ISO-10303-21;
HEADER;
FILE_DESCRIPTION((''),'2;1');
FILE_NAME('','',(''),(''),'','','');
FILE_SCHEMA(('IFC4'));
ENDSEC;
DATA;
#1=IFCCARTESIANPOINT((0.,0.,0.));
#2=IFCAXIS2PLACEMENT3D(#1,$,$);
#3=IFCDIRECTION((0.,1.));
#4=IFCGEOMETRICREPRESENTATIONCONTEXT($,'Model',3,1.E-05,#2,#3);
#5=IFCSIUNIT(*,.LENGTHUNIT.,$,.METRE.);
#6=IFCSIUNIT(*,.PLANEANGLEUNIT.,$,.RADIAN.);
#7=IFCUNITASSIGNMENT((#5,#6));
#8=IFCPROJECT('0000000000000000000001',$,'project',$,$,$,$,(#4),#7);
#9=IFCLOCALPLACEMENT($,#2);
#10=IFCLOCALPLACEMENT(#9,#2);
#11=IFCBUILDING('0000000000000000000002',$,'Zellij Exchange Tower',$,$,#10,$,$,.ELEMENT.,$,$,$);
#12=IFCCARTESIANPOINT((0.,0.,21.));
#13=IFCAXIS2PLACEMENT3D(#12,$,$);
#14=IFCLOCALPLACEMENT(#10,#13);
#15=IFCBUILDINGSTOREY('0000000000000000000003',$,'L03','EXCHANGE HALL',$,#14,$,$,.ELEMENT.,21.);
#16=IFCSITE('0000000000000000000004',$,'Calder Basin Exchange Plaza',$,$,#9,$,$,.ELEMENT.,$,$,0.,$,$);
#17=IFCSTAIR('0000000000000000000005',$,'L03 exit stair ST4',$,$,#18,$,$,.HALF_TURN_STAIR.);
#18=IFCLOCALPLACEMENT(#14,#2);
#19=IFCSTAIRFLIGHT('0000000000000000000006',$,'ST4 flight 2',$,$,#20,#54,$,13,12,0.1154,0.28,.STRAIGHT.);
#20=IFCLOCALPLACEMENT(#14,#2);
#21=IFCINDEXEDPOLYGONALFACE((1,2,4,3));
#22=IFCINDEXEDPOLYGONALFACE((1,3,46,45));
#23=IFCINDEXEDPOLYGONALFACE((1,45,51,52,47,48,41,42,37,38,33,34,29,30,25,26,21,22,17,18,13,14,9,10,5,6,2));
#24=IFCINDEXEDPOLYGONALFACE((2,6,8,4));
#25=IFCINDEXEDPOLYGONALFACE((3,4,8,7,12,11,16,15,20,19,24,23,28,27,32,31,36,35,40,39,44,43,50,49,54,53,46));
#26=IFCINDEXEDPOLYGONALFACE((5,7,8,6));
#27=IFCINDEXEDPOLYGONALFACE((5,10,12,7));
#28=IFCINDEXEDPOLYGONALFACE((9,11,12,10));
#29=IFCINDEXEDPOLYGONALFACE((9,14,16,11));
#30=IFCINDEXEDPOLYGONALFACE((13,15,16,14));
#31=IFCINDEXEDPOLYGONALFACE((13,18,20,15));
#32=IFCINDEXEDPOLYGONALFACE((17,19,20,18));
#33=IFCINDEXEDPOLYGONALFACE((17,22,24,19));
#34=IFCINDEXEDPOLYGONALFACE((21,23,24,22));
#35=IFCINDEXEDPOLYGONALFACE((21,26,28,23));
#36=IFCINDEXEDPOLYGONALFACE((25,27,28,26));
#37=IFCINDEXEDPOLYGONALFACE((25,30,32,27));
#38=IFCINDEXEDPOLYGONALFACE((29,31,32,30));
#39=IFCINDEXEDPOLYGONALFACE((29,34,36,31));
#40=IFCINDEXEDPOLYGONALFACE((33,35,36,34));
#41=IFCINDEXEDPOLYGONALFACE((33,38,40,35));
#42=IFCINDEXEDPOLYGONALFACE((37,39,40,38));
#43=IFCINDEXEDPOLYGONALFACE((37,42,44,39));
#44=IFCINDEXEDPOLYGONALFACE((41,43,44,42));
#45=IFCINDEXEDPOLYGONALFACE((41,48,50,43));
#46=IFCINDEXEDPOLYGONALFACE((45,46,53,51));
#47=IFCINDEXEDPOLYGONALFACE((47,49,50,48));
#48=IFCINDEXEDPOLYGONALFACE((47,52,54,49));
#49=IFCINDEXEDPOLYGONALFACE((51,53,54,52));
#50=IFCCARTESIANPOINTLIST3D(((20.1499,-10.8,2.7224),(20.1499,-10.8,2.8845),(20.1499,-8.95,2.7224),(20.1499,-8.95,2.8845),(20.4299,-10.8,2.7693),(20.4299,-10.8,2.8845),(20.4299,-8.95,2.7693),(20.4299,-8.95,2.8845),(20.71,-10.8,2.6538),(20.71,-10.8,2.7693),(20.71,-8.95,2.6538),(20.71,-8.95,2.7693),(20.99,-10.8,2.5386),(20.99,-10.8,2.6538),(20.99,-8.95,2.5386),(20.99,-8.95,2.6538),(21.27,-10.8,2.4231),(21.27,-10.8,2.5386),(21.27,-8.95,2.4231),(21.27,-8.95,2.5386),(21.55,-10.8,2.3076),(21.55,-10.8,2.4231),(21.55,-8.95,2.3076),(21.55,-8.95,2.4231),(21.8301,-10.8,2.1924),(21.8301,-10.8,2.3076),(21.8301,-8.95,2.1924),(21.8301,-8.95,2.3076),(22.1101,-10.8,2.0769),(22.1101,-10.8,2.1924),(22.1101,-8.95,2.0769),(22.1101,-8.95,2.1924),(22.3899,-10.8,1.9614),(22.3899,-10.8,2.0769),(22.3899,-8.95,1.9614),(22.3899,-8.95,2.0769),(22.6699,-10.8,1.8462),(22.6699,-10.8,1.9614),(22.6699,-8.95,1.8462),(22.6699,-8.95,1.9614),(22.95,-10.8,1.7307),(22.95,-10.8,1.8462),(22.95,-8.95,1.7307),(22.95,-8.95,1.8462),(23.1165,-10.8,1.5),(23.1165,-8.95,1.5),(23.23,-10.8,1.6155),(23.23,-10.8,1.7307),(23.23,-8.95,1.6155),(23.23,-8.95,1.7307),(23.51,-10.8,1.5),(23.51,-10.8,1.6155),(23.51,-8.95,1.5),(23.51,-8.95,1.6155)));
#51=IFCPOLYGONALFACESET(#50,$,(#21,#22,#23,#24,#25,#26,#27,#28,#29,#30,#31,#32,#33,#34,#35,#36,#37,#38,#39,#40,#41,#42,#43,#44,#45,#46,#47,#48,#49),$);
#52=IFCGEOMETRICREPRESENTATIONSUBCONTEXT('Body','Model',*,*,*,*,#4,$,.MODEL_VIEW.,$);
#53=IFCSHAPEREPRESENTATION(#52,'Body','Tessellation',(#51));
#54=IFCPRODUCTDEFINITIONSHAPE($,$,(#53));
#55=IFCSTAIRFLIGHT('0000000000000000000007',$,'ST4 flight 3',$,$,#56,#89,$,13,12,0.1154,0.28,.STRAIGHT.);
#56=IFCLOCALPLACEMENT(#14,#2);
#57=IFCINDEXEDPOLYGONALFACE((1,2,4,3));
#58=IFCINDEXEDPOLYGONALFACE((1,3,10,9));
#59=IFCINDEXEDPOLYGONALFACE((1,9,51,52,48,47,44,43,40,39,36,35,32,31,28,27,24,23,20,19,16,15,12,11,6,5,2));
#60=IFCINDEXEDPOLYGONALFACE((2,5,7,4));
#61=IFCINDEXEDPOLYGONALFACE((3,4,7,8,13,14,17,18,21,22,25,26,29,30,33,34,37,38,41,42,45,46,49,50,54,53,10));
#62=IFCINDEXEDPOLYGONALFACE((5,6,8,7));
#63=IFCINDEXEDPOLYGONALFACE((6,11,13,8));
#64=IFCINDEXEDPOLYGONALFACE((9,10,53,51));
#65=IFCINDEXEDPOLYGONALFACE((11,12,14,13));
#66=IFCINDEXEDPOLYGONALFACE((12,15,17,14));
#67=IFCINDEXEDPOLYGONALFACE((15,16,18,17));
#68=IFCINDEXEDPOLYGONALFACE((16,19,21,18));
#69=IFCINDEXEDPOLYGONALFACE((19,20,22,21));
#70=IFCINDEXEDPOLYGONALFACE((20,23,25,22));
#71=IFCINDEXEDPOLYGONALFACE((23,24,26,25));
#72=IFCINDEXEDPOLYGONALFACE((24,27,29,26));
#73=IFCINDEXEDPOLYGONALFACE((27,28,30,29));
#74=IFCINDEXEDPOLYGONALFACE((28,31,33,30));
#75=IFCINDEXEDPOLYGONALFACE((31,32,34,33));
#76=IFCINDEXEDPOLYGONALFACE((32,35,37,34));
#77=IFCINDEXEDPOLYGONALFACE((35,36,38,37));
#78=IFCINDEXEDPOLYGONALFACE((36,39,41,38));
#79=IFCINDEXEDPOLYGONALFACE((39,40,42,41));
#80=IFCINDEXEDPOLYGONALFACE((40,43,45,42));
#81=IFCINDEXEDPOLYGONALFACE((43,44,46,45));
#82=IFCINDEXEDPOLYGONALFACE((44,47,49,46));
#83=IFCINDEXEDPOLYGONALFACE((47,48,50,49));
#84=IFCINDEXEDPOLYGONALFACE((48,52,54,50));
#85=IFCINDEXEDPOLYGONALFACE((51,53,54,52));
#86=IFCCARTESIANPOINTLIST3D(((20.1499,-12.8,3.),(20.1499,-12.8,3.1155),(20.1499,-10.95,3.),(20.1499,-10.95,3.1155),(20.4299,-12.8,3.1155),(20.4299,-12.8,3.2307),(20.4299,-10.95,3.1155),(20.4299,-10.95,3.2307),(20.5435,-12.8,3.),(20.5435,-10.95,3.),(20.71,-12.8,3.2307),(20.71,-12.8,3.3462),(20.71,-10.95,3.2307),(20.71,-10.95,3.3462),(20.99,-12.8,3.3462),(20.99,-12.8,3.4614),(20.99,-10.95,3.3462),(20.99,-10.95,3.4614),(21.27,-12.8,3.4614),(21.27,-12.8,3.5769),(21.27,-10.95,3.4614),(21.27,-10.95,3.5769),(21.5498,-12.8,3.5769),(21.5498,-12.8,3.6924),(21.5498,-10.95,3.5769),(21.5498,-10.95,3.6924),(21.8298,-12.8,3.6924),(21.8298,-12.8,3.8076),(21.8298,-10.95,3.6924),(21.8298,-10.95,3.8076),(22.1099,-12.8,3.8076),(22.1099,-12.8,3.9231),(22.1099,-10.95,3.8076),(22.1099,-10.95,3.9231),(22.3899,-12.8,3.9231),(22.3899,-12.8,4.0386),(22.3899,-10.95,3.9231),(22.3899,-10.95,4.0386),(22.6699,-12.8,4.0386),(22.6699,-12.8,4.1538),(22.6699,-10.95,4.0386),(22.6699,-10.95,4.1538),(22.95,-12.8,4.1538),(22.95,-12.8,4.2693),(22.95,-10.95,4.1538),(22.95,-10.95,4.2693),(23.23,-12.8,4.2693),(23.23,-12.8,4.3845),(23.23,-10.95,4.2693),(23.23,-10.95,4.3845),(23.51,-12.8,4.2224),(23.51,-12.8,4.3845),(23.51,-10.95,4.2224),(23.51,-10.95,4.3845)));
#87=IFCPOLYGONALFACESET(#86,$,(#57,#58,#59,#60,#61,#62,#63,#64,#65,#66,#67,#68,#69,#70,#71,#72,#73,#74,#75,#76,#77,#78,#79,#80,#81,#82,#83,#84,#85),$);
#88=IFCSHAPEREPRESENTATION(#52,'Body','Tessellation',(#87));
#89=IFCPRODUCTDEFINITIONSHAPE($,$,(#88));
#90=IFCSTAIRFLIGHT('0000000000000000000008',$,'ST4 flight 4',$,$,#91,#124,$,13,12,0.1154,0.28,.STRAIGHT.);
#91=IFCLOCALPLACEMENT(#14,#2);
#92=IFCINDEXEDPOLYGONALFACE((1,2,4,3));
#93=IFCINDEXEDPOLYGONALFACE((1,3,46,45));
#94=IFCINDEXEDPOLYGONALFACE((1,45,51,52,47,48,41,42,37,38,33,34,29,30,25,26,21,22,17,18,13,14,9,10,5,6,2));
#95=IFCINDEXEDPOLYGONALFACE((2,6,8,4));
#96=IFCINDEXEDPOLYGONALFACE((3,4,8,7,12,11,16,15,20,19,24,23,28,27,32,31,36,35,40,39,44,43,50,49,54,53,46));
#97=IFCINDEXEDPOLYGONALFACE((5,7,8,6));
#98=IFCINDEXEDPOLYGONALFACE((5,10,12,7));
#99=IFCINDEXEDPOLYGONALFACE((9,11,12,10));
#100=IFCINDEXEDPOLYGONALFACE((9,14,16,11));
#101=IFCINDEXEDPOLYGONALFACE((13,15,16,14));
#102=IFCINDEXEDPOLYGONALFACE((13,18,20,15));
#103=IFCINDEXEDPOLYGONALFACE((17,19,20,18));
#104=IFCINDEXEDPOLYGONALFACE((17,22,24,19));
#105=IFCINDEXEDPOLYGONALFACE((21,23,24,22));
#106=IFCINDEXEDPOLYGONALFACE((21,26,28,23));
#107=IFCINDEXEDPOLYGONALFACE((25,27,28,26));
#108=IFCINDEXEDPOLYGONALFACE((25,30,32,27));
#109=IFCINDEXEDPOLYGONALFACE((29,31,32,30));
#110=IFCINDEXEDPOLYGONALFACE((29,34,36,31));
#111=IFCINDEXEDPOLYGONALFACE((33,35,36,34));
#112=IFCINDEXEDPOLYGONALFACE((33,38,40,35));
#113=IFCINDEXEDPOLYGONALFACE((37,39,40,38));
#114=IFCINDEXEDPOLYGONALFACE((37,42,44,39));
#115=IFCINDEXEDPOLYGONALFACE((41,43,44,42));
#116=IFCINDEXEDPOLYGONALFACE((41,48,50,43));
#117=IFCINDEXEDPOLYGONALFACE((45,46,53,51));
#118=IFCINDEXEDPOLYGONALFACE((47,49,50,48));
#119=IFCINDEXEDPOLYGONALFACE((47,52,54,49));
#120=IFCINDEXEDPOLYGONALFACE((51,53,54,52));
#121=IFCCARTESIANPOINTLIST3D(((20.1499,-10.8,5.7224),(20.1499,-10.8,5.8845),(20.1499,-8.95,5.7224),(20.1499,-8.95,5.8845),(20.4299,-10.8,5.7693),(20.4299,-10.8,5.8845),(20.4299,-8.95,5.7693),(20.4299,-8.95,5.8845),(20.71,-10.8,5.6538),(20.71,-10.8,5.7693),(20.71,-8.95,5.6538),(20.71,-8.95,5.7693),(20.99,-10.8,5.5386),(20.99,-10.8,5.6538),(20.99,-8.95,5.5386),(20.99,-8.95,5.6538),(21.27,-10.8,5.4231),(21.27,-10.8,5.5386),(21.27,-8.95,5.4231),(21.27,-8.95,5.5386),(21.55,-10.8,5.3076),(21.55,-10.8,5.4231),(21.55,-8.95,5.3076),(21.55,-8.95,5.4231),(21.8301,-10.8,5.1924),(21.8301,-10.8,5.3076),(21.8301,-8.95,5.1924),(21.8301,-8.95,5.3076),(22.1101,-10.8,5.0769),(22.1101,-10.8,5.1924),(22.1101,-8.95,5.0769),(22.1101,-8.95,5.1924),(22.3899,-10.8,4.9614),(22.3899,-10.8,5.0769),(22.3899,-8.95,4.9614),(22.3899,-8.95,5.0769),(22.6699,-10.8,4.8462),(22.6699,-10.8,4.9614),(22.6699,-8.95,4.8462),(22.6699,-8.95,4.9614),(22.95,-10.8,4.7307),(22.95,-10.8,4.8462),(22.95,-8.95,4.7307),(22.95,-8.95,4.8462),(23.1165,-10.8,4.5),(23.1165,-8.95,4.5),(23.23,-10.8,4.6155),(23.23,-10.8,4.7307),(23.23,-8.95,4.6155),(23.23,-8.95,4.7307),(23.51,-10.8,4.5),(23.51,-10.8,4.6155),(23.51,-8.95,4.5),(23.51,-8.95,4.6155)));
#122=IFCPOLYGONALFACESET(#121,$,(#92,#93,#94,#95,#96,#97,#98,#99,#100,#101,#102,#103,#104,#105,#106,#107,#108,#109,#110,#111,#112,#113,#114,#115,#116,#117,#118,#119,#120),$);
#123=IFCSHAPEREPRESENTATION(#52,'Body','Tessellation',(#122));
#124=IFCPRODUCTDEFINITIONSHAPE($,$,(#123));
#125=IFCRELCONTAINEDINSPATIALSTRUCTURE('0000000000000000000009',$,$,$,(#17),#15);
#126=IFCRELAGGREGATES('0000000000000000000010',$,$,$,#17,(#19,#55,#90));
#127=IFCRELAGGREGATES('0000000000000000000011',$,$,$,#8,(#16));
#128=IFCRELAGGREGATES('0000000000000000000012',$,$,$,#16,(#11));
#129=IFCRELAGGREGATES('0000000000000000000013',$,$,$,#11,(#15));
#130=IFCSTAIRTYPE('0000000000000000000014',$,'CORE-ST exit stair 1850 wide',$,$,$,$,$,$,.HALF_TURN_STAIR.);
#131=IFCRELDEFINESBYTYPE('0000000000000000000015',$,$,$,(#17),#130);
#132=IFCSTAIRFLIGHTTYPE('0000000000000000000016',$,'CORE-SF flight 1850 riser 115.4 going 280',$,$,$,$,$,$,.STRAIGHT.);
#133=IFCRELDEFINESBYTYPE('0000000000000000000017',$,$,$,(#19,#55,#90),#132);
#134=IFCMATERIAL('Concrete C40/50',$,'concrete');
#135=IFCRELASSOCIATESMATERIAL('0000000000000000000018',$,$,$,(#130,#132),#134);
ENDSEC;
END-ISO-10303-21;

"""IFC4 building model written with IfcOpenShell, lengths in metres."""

from ifc_helpers import new_model, si_unit, direction, frame, origin, place, context, subcontext, project, spatial, polyline, outline, extrude, material, type_object, element, aggregate, save


model = new_model("IFC4")

# Units and contexts
model_context = context("Model", 3, precision=1e-05, world=origin(), true_north=direction((0.0, 1.0)))
body_context = subcontext(model_context, "Body", "Model", "MODEL_VIEW")
ifc_project = project(units=[si_unit("LENGTHUNIT", "METRE"), si_unit("PLANEANGLEUNIT", "RADIAN")], contexts=[model_context])

# Site, building, storey
site_placement = place(None, origin())
site = spatial("IfcSite", under=ifc_project, at=site_placement, Name="Calder Basin Exchange Plaza", CompositionType="ELEMENT", RefElevation=0.0)
building_placement = place(site_placement, origin())
building = spatial("IfcBuilding", under=site, at=building_placement, Name="Zellij Exchange Tower", CompositionType="ELEMENT")
storey_placement = place(building_placement, frame((0.0, 0.0, 21.0)))
storey = spatial("IfcBuildingStorey", under=building, at=storey_placement, Name="L03", Description="EXCHANGE HALL", CompositionType="ELEMENT", Elevation=21.0)

# Stair, stair flights
ifc_material_1 = material(Name="Concrete C40/50", Category="concrete")
stair_type = type_object("IfcStairType", Name="CORE-ST exit stair 1850 wide", PredefinedType="HALF_TURN_STAIR", material=ifc_material_1)
stair_placement = place(storey_placement, origin())
stair = element("IfcStair", 1, at=stair_placement, inside=storey, type_object=stair_type, Name="L03 exit stair ST4", PredefinedType="HALF_TURN_STAIR")
stair_flight_type = type_object("IfcStairFlightType", Name="CORE-SF flight 1850 riser 115.4 going 280", PredefinedType="STRAIGHT", material=ifc_material_1)
stair_flight_1_placement = place(storey_placement, frame((23.51, -9.875, 1.5), z_axis=(0.0, 0.0, 1.0), x_axis=(-1.0, 0.0, 0.0)))
stair_flight_1 = element("IfcStairFlight", 2, at=stair_flight_1_placement, type_object=stair_flight_type, Name="ST4 flight 2", NumberOfRisers=13, NumberOfTreads=12, PredefinedType="STRAIGHT", RiserHeight=0.1154, TreadLength=0.28, context=body_context, shape_type="SweptSolid", body=[
    extrude(outline(polyline([(0.0, 0.0), (0.0, 0.1155), (0.28, 0.1155), (0.28, 0.2307), (0.5601, 0.2307), (0.5601, 0.3462), (0.8401, 0.3462), (0.8401, 0.4614), (1.1201, 0.4614), (1.1201, 0.5769), (1.3999, 0.5769), (1.3999, 0.6924), (1.6799, 0.6924), (1.6799, 0.8076), (1.96, 0.8076), (1.96, 0.9231), (2.24, 0.9231), (2.24, 1.0386), (2.52, 1.0386), (2.52, 1.1538), (2.8, 1.1538), (2.8, 1.2693), (3.0801, 1.2693), (3.0801, 1.3845), (3.3601, 1.3845), (3.3601, 1.5), (3.3601, 1.2224), (0.3936, 0.0), (0.0, 0.0)])), frame((0.0, 0.925, 0.0), z_axis=(0.0, -1.0, 0.0), x_axis=(1.0, 0.0, 0.0)), (0.0, 0.0, 1.0), 1.8501),
])
stair_flight_2_placement = place(storey_placement, frame((20.1499, -11.875, 3.0), z_axis=(0.0, 0.0, 1.0), x_axis=(1.0, 0.0, 0.0)))
stair_flight_2 = element("IfcStairFlight", 3, at=stair_flight_2_placement, type_object=stair_flight_type, Name="ST4 flight 3", NumberOfRisers=13, NumberOfTreads=12, PredefinedType="STRAIGHT", RiserHeight=0.1154, TreadLength=0.28, context=body_context, shape_type="SweptSolid", body=[
    extrude(outline(polyline([(0.0, 0.0), (0.0, 0.1155), (0.28, 0.1155), (0.28, 0.2307), (0.5601, 0.2307), (0.5601, 0.3462), (0.8401, 0.3462), (0.8401, 0.4614), (1.1201, 0.4614), (1.1201, 0.5769), (1.3999, 0.5769), (1.3999, 0.6924), (1.6799, 0.6924), (1.6799, 0.8076), (1.96, 0.8076), (1.96, 0.9231), (2.24, 0.9231), (2.24, 1.0386), (2.52, 1.0386), (2.52, 1.1538), (2.8, 1.1538), (2.8, 1.2693), (3.0801, 1.2693), (3.0801, 1.3845), (3.3601, 1.3845), (3.3601, 1.5), (3.3601, 1.2224), (0.3936, 0.0), (0.0, 0.0)])), frame((0.0, 0.925, 0.0), z_axis=(0.0, -1.0, 0.0), x_axis=(1.0, 0.0, 0.0)), (0.0, 0.0, 1.0), 1.8501),
])
stair_flight_3_placement = place(storey_placement, frame((23.51, -9.875, 4.5), z_axis=(0.0, 0.0, 1.0), x_axis=(-1.0, 0.0, 0.0)))
stair_flight_3 = element("IfcStairFlight", 4, at=stair_flight_3_placement, type_object=stair_flight_type, Name="ST4 flight 4", NumberOfRisers=13, NumberOfTreads=12, PredefinedType="STRAIGHT", RiserHeight=0.1154, TreadLength=0.28, context=body_context, shape_type="SweptSolid", body=[
    extrude(outline(polyline([(0.0, 0.0), (0.0, 0.1155), (0.28, 0.1155), (0.28, 0.2307), (0.5601, 0.2307), (0.5601, 0.3462), (0.8401, 0.3462), (0.8401, 0.4614), (1.1201, 0.4614), (1.1201, 0.5769), (1.3999, 0.5769), (1.3999, 0.6924), (1.6799, 0.6924), (1.6799, 0.8076), (1.96, 0.8076), (1.96, 0.9231), (2.24, 0.9231), (2.24, 1.0386), (2.52, 1.0386), (2.52, 1.1538), (2.8, 1.1538), (2.8, 1.2693), (3.0801, 1.2693), (3.0801, 1.3845), (3.3601, 1.3845), (3.3601, 1.5), (3.3601, 1.2224), (0.3936, 0.0), (0.0, 0.0)])), frame((0.0, 0.925, 0.0), z_axis=(0.0, -1.0, 0.0), x_axis=(1.0, 0.0, 0.0)), (0.0, 0.0, 1.0), 1.8501),
])
aggregate(stair, [stair_flight_1, stair_flight_2, stair_flight_3])

save(model, "model.ifc")
